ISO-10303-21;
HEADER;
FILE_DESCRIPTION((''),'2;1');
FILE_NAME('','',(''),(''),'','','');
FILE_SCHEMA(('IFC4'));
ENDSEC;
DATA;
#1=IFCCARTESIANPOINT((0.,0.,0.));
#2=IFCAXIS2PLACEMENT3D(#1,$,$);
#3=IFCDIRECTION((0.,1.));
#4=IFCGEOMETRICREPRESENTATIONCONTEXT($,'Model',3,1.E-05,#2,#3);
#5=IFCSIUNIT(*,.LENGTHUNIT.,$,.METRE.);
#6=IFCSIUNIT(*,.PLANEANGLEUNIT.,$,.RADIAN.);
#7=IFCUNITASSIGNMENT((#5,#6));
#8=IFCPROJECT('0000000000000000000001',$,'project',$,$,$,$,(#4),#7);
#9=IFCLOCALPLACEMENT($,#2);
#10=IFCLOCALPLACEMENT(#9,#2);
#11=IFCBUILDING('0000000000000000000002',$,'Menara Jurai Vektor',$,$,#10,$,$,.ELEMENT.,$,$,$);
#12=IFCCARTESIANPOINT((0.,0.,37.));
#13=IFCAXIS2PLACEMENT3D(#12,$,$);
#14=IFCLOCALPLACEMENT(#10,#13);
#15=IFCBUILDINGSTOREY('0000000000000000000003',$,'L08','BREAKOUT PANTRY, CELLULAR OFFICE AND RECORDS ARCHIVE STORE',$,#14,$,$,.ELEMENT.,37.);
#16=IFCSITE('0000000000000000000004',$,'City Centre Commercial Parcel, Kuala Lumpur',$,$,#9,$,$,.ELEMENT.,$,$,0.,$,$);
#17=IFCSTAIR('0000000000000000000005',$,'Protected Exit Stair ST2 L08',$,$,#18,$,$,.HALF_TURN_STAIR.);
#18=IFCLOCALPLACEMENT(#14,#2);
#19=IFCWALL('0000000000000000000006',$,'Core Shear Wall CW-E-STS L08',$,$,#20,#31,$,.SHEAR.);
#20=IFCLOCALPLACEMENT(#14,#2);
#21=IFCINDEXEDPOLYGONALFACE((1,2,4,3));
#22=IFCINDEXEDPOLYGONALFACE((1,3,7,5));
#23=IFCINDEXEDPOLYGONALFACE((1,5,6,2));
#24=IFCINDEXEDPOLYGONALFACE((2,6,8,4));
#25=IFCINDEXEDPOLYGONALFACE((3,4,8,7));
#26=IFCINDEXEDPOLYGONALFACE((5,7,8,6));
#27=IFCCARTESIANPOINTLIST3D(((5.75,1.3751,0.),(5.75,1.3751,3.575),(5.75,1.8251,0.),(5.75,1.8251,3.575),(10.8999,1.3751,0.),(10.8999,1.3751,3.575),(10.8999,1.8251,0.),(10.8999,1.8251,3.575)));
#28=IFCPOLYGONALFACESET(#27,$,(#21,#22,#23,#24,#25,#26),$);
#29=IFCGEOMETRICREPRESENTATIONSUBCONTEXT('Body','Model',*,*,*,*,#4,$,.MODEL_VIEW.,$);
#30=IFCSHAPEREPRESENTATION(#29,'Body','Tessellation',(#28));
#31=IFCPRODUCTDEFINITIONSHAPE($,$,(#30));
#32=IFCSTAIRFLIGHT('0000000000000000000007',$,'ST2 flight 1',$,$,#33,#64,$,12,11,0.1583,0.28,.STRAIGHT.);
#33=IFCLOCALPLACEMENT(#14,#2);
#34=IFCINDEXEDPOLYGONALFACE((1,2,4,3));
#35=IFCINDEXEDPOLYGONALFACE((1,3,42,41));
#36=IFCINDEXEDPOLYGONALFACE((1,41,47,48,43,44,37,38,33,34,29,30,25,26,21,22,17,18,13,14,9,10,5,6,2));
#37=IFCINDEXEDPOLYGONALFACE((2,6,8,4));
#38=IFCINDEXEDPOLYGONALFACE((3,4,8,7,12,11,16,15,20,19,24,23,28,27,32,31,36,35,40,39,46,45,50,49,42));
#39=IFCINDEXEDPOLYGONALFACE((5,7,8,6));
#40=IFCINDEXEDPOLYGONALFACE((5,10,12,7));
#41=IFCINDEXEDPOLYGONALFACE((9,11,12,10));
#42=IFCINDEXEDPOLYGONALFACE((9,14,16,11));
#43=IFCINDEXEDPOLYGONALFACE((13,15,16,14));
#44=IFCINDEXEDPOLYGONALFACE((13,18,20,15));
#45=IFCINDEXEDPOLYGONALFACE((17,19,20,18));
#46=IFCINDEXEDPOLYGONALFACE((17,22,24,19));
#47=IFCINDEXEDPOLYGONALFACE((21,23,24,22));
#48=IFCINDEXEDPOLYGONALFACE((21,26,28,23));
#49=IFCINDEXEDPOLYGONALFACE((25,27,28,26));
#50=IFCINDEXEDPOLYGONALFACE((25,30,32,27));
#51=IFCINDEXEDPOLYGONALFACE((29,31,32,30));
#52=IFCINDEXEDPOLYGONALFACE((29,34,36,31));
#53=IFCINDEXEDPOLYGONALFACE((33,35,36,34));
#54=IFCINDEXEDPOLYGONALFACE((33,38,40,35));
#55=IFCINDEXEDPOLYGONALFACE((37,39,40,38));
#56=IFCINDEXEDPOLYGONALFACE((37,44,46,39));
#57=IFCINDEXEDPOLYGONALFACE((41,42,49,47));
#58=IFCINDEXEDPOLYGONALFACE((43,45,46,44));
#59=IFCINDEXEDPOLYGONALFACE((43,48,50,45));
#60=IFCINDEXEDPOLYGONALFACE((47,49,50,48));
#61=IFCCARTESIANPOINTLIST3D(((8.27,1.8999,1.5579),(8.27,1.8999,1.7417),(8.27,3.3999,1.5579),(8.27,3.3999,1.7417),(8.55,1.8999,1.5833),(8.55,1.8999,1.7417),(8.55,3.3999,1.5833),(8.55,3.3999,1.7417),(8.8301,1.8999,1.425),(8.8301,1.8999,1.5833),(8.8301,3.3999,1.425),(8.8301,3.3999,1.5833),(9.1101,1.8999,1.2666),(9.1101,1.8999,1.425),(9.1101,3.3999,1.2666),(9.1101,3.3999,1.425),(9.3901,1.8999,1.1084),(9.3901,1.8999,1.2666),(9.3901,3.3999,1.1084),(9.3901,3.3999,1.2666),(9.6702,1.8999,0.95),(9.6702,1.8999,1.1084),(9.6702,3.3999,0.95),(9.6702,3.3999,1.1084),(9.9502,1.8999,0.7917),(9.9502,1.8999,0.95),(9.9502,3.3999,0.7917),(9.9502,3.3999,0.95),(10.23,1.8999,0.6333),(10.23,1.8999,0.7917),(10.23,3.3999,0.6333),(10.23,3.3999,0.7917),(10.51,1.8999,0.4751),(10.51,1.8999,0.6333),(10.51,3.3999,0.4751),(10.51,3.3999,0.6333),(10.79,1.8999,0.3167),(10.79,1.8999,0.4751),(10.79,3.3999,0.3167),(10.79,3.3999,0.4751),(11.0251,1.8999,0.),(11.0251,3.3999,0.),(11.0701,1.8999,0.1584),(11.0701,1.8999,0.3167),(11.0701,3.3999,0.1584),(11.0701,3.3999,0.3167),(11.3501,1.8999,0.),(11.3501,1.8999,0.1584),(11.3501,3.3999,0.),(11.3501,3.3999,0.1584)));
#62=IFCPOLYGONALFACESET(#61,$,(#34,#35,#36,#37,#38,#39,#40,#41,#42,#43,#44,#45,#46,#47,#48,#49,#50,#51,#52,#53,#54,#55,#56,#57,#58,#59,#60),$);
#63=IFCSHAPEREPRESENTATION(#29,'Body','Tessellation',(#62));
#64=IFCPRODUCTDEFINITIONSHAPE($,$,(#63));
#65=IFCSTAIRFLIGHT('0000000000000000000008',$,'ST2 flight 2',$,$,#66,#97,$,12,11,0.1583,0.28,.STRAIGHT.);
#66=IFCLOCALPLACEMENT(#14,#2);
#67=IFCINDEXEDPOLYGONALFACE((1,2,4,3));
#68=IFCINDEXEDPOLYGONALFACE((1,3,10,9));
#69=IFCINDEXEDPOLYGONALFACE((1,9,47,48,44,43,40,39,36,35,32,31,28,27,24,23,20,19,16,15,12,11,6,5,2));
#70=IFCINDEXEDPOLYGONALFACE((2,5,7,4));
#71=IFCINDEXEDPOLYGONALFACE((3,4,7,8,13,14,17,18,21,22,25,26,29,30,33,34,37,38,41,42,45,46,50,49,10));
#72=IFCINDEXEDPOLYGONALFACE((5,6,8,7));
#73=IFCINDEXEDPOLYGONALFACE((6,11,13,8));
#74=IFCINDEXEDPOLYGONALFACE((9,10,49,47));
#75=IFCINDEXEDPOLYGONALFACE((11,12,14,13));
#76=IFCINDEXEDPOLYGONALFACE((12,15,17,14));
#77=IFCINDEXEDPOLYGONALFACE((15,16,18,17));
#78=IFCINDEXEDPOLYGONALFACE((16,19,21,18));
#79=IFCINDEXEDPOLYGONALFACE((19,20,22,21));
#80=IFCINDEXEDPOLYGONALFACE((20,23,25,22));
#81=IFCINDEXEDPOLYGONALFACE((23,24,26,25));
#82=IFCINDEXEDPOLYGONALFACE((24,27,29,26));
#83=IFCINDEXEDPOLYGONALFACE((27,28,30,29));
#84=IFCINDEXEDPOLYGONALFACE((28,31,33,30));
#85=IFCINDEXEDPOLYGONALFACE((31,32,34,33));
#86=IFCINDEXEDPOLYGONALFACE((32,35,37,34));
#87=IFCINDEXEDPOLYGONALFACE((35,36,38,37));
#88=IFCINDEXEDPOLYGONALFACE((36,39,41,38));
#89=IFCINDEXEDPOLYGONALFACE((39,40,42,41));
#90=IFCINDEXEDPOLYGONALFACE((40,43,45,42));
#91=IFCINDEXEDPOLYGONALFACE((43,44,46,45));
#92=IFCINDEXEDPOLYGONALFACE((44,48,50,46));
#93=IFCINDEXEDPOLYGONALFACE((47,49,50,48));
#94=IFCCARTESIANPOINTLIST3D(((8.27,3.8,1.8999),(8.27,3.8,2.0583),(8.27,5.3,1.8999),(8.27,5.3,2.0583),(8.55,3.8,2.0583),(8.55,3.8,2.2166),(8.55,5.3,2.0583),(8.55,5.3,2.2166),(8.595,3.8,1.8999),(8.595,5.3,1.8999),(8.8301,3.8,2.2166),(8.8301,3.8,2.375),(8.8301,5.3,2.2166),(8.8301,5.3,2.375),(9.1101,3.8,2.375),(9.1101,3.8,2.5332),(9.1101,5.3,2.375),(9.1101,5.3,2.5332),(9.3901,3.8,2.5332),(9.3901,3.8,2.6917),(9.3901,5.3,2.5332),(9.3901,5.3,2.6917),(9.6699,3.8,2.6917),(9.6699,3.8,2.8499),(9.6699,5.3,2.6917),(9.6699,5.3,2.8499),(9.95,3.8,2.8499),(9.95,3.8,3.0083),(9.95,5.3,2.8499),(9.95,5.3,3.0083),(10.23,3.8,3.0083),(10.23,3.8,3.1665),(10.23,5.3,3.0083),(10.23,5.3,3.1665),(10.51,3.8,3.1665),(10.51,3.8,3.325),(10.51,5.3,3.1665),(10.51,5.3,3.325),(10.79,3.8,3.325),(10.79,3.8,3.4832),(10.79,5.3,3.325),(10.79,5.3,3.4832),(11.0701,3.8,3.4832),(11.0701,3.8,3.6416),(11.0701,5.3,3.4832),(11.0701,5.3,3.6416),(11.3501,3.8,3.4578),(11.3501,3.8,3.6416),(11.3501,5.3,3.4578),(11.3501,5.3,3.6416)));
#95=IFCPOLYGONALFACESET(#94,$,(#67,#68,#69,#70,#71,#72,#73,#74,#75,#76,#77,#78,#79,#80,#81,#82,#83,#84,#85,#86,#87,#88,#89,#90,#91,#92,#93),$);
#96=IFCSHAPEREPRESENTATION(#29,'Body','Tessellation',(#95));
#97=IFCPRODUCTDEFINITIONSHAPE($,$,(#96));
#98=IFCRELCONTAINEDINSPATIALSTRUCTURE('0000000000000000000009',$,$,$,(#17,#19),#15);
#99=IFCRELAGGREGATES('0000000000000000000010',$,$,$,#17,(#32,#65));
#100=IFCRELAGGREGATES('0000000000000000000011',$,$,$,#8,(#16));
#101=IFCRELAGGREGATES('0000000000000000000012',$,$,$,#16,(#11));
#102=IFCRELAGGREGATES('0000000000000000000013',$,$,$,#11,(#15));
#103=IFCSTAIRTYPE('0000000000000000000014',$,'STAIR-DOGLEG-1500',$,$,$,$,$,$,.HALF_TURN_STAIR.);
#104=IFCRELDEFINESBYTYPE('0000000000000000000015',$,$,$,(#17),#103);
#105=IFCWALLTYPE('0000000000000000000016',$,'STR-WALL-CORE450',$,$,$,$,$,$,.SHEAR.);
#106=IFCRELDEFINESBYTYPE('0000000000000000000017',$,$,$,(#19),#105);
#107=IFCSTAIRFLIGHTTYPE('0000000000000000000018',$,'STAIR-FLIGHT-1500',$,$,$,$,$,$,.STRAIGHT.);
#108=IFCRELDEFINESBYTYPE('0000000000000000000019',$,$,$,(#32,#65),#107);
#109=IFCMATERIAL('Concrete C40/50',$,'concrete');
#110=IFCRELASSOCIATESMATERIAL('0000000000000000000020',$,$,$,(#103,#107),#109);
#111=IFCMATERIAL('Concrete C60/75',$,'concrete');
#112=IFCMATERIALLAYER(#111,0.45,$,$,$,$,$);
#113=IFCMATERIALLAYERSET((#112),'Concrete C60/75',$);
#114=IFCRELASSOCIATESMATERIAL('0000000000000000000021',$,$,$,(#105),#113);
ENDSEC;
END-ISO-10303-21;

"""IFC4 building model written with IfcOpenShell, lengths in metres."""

from ifc_helpers import new_model, si_unit, direction, frame, frame_2d, origin, place, context, subcontext, project, spatial, polyline, rectangle, outline, extrude, material, layer, layer_set, type_object, element, aggregate, save


model = new_model("IFC4")

# Units and contexts
model_context = context("Model", 3, precision=1e-05, world=origin(), true_north=direction((0.0, 1.0)))
body_context = subcontext(model_context, "Body", "Model", "MODEL_VIEW")
ifc_project = project(units=[si_unit("LENGTHUNIT", "METRE"), si_unit("PLANEANGLEUNIT", "RADIAN")], contexts=[model_context])

# Site, building, storey
site_placement = place(None, origin())
site = spatial("IfcSite", under=ifc_project, at=site_placement, Name="City Centre Commercial Parcel, Kuala Lumpur", CompositionType="ELEMENT", RefElevation=0.0)
building_placement = place(site_placement, origin())
building = spatial("IfcBuilding", under=site, at=building_placement, Name="Menara Jurai Vektor", CompositionType="ELEMENT")
storey_placement = place(building_placement, frame((0.0, 0.0, 37.0)))
storey = spatial("IfcBuildingStorey", under=building, at=storey_placement, Name="L08", Description="BREAKOUT PANTRY, CELLULAR OFFICE AND RECORDS ARCHIVE STORE", CompositionType="ELEMENT", Elevation=37.0)

# Shared definitions
ifc_material_1 = material(Name="Concrete C60/75", Category="concrete")

# Stair
ifc_material_2 = material(Name="Concrete C40/50", Category="concrete")
stair_type = type_object("IfcStairType", Name="STAIR-DOGLEG-1500", PredefinedType="HALF_TURN_STAIR", material=ifc_material_2)
stair_1_placement = place(storey_placement, origin())
stair_1 = element("IfcStair", 1, at=stair_1_placement, inside=storey, type_object=stair_type, Name="Protected Exit Stair ST2 L08", PredefinedType="HALF_TURN_STAIR")

# Wall
ifc_layer_1 = layer(ifc_material_1, 0.45)
ifc_layer_set_1 = layer_set([ifc_layer_1], Name="Concrete C60/75")
wall_type_1 = type_object("IfcWallType", Name="STR-WALL-CORE450", PredefinedType="SHEAR", material=ifc_layer_set_1)
wall_1_placement = place(storey_placement, frame((5.75, 1.6001, 0.0), z_axis=(0.0, 0.0, 1.0), x_axis=(1.0, 0.0, 0.0)))
element("IfcWall", 2, at=wall_1_placement, inside=storey, type_object=wall_type_1, Name="Core Shear Wall CW-E-STS L08", PredefinedType="SHEAR", context=body_context, shape_type="SweptSolid", body=[
    extrude(rectangle(XDim=5.1499, YDim=0.45, at=frame_2d((2.575, 0.0))), origin(), (0.0, 0.0, 1.0), 3.575),
])

# Stair flights
stair_flight_type = type_object("IfcStairFlightType", Name="STAIR-FLIGHT-1500", PredefinedType="STRAIGHT", material=ifc_material_2)
stair_flight_1_placement = place(storey_placement, frame((11.3501, 2.6499, 0.0), z_axis=(0.0, 0.0, 1.0), x_axis=(-1.0, 0.0, 0.0)))
stair_flight_1 = element("IfcStairFlight", 3, at=stair_flight_1_placement, type_object=stair_flight_type, Name="ST2 flight 1", NumberOfRisers=12, NumberOfTreads=11, PredefinedType="STRAIGHT", RiserHeight=0.1583, TreadLength=0.28, context=body_context, shape_type="SweptSolid", body=[
    extrude(outline(polyline([(0.0, 0.0), (0.0, 0.1584), (0.28, 0.1584), (0.28, 0.3167), (0.5601, 0.3167), (0.5601, 0.4751), (0.8401, 0.4751), (0.8401, 0.6333), (1.1201, 0.6333), (1.1201, 0.7917), (1.3999, 0.7917), (1.3999, 0.95), (1.6799, 0.95), (1.6799, 1.1084), (1.96, 1.1084), (1.96, 1.2666), (2.24, 1.2666), (2.24, 1.425), (2.52, 1.425), (2.52, 1.5833), (2.8, 1.5833), (2.8, 1.7417), (3.0801, 1.7417), (3.0801, 1.8999), (3.0801, 1.5579), (0.325, 0.0), (0.0, 0.0)])), frame((0.0, 0.75, 0.0), z_axis=(0.0, -1.0, 0.0), x_axis=(1.0, 0.0, 0.0)), (0.0, 0.0, 1.0), 1.5),
])
stair_flight_2_placement = place(storey_placement, frame((8.27, 4.55, 1.8999), z_axis=(0.0, 0.0, 1.0), x_axis=(1.0, 0.0, 0.0)))
stair_flight_2 = element("IfcStairFlight", 4, at=stair_flight_2_placement, type_object=stair_flight_type, Name="ST2 flight 2", NumberOfRisers=12, NumberOfTreads=11, PredefinedType="STRAIGHT", RiserHeight=0.1583, TreadLength=0.28, context=body_context, shape_type="SweptSolid", body=[
    extrude(outline(polyline([(0.0, 0.0), (0.0, 0.1584), (0.28, 0.1584), (0.28, 0.3167), (0.5601, 0.3167), (0.5601, 0.4751), (0.8401, 0.4751), (0.8401, 0.6333), (1.1201, 0.6333), (1.1201, 0.7917), (1.3999, 0.7917), (1.3999, 0.95), (1.6799, 0.95), (1.6799, 1.1084), (1.96, 1.1084), (1.96, 1.2666), (2.24, 1.2666), (2.24, 1.425), (2.52, 1.425), (2.52, 1.5833), (2.8, 1.5833), (2.8, 1.7417), (3.0801, 1.7417), (3.0801, 1.8999), (3.0801, 1.5579), (0.325, 0.0), (0.0, 0.0)])), frame((0.0, 0.75, 0.0), z_axis=(0.0, -1.0, 0.0), x_axis=(1.0, 0.0, 0.0)), (0.0, 0.0, 1.0), 1.5),
])
aggregate(stair_1, [stair_flight_1, stair_flight_2])

save(model, "model.ifc")
